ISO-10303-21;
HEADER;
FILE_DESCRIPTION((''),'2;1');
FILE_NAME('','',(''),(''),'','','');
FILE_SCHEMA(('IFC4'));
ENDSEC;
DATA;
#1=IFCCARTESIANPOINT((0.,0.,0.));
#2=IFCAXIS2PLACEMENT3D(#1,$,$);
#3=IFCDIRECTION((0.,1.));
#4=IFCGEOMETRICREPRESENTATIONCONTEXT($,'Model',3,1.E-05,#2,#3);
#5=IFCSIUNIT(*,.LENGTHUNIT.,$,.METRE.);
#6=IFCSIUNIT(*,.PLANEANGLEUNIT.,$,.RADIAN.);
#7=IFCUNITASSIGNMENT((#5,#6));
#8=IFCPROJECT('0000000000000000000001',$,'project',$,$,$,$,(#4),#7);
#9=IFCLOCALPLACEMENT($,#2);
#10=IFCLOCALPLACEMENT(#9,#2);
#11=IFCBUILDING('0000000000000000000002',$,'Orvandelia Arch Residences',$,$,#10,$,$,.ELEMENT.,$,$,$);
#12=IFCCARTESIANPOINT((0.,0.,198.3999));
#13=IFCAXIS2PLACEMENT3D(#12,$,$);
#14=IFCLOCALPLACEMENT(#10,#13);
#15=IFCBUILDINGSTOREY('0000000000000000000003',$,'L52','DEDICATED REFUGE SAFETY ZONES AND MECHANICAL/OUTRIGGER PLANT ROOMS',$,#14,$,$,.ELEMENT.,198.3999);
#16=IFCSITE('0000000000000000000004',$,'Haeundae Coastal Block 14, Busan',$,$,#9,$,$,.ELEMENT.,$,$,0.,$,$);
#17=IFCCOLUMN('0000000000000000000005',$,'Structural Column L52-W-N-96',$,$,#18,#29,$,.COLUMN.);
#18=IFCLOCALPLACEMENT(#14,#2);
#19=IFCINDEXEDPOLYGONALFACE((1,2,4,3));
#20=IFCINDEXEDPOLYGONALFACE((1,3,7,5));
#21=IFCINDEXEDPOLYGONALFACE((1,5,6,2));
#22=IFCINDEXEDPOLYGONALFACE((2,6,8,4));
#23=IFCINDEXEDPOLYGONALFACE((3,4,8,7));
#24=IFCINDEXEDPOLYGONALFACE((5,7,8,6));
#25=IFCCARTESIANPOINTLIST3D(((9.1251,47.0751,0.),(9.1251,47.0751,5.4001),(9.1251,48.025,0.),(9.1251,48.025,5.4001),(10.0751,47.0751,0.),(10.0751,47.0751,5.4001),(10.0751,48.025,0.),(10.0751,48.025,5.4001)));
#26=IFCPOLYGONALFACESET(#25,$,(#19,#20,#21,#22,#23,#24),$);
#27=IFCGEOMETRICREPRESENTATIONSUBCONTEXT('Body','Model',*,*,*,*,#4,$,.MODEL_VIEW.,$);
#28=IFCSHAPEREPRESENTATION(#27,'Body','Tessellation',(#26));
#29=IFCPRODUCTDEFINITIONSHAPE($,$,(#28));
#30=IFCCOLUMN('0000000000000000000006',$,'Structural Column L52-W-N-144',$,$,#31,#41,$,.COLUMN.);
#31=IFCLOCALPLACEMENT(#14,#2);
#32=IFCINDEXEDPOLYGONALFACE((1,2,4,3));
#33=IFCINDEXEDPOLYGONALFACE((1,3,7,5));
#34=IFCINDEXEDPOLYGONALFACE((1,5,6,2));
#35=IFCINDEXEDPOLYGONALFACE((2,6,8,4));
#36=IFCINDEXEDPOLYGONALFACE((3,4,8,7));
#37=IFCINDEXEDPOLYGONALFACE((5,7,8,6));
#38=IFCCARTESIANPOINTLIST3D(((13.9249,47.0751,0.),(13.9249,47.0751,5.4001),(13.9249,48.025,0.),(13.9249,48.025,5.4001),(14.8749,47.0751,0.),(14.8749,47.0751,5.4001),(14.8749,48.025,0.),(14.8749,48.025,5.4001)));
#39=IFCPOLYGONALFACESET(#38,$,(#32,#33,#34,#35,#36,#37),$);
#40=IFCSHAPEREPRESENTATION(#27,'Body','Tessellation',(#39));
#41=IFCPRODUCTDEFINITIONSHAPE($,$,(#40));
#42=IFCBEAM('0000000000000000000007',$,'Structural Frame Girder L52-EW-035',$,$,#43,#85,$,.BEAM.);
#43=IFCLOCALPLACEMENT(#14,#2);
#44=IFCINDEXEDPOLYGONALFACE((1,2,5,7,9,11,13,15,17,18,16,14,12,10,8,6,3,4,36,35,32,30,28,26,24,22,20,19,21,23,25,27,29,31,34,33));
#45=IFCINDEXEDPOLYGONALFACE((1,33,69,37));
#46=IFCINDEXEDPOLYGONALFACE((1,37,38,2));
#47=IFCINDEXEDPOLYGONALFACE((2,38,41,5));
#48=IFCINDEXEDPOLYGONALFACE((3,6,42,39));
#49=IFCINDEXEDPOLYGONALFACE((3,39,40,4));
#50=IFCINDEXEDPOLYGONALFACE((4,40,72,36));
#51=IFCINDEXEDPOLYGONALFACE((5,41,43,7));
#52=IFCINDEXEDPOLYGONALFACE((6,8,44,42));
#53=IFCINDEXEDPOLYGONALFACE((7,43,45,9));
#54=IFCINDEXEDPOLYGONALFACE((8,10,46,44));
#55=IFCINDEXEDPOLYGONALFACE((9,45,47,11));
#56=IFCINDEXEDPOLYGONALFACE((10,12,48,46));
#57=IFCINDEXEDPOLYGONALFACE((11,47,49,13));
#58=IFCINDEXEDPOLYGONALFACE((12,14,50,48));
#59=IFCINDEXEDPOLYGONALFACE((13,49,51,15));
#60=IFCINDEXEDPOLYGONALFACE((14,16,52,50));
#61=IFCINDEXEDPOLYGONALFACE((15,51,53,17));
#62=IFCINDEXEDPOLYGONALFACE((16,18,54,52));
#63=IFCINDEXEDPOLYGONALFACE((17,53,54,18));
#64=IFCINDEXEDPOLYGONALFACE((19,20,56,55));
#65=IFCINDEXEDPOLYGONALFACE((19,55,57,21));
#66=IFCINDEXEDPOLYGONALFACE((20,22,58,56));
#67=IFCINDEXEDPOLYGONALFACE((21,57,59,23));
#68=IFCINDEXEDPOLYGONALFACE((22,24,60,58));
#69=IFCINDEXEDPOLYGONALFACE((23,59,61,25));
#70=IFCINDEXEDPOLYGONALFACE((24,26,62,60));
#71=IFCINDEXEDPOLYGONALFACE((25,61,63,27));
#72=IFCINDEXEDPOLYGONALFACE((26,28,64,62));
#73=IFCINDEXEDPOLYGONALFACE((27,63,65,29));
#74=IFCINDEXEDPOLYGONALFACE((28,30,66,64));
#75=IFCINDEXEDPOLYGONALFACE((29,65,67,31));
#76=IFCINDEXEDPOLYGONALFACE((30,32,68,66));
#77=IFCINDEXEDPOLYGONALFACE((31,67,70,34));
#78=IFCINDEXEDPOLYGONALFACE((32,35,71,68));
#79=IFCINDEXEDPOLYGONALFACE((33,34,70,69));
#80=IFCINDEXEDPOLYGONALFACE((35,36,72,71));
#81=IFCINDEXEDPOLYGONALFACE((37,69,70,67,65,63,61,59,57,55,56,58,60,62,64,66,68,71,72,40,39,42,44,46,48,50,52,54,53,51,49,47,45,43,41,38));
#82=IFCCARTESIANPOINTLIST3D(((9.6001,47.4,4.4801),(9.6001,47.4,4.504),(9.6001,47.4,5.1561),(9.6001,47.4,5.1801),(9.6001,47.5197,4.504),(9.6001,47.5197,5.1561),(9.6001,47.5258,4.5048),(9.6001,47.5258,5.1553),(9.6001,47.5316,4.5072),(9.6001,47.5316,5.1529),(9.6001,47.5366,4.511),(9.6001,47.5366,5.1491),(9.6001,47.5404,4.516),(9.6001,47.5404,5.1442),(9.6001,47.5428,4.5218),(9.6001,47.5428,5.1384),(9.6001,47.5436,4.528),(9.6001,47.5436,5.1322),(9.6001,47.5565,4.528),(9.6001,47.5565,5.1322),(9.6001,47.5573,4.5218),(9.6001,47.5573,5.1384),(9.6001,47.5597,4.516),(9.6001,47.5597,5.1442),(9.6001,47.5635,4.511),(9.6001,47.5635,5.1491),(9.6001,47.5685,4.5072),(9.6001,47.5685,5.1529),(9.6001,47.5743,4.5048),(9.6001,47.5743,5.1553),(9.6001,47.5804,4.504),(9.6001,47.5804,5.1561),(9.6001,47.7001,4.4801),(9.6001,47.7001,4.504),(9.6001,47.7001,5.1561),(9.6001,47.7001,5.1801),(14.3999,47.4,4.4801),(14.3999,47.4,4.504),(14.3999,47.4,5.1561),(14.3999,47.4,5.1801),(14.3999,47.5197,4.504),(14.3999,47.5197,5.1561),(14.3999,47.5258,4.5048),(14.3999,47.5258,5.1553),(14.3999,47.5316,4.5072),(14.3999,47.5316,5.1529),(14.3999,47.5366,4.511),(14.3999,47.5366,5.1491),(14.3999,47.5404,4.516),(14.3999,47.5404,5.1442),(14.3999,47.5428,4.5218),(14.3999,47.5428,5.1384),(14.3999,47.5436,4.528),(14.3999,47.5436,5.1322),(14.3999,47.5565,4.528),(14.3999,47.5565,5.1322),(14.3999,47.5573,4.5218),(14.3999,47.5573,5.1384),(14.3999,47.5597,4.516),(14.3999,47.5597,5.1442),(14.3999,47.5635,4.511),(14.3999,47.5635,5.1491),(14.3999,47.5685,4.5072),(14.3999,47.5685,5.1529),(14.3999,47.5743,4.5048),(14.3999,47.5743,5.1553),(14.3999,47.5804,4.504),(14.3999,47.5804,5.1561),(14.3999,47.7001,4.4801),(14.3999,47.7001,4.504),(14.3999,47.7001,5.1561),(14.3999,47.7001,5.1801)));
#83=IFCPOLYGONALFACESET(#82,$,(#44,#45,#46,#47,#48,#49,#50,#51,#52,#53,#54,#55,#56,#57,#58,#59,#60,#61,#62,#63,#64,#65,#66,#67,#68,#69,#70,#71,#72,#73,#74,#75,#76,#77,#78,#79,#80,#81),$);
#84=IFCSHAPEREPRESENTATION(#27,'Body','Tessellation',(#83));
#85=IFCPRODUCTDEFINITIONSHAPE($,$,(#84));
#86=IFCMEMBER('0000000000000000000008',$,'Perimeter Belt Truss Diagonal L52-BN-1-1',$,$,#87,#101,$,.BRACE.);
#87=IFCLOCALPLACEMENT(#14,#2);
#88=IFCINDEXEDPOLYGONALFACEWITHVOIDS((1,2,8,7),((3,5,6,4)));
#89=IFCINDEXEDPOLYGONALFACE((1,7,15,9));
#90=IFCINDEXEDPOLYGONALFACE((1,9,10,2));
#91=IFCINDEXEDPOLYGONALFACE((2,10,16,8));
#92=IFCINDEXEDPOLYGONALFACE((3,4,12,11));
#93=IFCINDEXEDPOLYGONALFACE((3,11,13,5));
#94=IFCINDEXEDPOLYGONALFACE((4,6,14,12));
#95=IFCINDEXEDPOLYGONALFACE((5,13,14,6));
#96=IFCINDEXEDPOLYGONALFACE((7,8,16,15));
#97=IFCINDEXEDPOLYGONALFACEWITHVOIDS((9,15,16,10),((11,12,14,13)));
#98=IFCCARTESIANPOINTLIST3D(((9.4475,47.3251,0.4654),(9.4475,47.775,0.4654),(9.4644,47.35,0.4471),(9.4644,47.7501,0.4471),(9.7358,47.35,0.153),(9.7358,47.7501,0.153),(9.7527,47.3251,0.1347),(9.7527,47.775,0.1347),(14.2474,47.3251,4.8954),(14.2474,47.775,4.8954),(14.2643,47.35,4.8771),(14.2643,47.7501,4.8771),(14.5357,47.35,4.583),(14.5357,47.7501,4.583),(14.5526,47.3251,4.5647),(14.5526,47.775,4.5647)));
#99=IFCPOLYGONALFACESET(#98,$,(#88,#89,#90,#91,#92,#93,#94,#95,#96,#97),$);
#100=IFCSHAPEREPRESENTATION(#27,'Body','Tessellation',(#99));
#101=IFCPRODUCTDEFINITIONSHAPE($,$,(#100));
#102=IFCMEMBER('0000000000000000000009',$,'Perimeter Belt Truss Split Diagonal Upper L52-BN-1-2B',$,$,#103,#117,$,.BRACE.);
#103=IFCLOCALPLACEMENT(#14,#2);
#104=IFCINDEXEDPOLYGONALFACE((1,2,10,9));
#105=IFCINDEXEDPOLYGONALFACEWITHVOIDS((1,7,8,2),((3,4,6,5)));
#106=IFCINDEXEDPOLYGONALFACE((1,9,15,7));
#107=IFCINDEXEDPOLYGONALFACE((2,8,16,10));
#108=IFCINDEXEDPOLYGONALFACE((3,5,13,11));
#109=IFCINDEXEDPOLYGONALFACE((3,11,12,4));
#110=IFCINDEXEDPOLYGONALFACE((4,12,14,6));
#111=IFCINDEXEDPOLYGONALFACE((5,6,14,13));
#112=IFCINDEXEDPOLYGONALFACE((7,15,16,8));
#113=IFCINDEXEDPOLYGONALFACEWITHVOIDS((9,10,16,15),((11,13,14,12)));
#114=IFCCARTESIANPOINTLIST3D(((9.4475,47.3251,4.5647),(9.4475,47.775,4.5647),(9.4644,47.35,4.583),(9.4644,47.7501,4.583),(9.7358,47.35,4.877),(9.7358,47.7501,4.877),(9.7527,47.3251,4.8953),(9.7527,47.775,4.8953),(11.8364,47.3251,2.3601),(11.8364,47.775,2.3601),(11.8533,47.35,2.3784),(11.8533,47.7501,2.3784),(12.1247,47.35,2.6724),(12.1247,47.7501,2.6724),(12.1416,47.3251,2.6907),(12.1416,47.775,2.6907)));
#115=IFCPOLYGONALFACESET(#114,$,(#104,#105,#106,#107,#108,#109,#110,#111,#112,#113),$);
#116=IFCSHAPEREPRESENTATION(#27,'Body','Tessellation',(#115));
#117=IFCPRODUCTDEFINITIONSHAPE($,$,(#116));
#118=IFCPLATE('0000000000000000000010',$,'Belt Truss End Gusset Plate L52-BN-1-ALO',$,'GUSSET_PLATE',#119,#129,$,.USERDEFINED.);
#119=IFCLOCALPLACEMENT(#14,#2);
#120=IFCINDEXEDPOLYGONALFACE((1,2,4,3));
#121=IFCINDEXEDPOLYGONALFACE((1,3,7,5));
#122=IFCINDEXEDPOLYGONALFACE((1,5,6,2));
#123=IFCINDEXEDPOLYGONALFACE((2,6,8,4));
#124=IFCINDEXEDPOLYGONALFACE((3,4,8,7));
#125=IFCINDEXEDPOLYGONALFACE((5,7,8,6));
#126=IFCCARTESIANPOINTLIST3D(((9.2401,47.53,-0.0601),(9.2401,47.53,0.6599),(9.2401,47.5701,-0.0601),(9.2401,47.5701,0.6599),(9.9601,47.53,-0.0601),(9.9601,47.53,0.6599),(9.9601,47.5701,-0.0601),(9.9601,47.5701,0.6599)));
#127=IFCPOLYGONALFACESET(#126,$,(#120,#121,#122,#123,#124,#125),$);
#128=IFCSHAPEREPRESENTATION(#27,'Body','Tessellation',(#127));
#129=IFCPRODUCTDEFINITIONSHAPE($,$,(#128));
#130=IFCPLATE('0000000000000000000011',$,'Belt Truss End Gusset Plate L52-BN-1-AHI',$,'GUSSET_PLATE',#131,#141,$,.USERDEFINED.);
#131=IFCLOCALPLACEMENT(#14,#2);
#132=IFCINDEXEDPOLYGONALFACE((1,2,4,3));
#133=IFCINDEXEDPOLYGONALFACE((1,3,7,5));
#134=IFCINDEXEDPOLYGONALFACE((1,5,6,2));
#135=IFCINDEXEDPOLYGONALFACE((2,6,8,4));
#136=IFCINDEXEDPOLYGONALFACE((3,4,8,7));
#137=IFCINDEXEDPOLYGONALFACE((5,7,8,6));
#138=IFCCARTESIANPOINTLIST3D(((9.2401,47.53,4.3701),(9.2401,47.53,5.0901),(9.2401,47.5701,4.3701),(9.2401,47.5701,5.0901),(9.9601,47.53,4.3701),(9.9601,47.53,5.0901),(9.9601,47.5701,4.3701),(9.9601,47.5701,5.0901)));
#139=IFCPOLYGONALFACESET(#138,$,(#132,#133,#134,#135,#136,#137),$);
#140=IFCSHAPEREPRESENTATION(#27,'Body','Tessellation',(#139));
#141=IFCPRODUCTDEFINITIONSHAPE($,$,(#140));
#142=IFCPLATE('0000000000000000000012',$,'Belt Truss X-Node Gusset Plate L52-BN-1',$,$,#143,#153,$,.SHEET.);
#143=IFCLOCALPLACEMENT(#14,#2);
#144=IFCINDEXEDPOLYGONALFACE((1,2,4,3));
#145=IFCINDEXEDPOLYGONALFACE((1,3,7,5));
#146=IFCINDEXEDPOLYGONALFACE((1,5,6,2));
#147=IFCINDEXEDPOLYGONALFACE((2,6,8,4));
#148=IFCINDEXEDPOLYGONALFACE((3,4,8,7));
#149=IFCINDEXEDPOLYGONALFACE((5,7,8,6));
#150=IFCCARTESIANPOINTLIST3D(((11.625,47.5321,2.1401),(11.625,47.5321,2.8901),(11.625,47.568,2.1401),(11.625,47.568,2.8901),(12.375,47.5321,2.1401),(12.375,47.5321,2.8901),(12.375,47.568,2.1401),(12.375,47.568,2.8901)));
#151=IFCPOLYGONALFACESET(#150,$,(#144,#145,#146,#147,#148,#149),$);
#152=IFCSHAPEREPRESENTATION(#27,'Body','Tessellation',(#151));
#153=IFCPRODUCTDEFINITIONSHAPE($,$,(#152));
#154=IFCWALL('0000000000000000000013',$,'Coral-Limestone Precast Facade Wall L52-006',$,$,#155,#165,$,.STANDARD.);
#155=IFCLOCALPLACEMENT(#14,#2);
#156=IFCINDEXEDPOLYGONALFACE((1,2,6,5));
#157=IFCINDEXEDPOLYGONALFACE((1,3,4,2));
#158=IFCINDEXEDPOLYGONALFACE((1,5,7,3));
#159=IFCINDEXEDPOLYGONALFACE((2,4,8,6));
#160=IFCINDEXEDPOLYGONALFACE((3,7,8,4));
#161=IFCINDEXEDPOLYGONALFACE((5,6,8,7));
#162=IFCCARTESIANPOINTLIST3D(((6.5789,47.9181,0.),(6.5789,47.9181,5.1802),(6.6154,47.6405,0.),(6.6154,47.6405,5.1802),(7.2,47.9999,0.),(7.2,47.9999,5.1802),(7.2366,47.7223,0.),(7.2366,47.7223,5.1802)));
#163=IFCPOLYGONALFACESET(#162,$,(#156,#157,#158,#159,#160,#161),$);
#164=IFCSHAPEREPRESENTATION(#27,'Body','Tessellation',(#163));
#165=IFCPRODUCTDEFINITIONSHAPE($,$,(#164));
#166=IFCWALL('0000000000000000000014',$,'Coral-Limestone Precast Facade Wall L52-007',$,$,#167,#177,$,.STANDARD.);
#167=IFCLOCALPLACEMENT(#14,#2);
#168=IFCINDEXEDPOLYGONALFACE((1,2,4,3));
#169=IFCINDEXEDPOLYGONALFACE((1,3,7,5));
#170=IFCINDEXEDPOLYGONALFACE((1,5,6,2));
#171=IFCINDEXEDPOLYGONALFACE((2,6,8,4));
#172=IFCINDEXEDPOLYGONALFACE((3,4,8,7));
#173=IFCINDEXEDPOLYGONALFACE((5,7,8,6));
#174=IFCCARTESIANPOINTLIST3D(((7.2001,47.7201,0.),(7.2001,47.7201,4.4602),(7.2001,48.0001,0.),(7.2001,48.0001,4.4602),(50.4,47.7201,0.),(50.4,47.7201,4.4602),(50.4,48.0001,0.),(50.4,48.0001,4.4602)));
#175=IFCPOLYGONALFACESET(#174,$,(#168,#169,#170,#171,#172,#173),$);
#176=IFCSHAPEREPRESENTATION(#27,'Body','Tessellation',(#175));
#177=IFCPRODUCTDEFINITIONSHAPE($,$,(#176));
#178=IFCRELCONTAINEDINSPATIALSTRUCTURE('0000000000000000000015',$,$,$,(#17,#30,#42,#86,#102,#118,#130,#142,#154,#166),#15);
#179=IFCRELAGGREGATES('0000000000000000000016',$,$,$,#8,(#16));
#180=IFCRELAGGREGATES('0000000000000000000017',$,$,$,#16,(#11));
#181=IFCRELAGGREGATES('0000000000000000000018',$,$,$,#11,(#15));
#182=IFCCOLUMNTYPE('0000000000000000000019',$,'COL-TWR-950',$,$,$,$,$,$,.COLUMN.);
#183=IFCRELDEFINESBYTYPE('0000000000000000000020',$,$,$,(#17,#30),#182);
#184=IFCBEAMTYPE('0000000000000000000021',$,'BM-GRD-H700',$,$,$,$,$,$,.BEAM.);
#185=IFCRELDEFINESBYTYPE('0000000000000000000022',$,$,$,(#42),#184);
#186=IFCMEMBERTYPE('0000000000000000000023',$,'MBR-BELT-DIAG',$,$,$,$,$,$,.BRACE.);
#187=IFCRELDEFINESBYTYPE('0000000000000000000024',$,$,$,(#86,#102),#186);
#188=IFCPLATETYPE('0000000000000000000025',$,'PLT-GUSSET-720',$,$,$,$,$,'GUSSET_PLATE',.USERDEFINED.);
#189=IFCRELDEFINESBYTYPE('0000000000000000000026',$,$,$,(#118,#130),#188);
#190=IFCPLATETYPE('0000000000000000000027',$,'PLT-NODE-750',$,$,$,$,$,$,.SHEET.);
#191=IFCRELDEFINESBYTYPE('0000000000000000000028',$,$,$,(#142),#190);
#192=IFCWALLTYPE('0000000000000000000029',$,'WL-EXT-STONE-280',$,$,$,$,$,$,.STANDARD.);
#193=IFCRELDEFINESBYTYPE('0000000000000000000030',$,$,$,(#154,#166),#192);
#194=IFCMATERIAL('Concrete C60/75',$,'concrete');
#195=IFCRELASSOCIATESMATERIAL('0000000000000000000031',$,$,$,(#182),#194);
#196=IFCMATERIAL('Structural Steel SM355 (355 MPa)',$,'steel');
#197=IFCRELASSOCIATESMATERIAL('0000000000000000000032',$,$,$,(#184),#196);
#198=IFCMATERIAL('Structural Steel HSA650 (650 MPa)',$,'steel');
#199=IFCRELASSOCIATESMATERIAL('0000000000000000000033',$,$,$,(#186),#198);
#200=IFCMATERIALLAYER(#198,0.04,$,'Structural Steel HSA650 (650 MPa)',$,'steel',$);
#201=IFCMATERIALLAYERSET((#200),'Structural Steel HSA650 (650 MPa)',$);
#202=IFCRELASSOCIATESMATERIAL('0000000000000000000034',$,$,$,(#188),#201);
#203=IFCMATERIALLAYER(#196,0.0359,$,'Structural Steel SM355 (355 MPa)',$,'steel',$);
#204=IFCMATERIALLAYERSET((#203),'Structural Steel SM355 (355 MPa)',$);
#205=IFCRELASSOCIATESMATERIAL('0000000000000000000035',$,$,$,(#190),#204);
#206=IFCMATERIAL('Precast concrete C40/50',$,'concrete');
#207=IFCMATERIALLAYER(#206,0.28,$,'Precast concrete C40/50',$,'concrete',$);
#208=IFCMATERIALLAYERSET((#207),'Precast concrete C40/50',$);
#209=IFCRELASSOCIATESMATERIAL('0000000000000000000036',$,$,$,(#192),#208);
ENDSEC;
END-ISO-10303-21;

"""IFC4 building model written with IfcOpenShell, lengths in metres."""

from ifc_helpers import new_model, si_unit, direction, frame, frame_2d, origin, origin_2d, place, context, subcontext, project, spatial, rectangle, hollow_rectangle, i_section, extrude, material, layer, layer_set, material_profile, profile_set, type_object, element, save


model = new_model("IFC4")

# Units and contexts
model_context = context("Model", 3, precision=1e-05, world=origin(), true_north=direction((0.0, 1.0)))
body_context = subcontext(model_context, "Body", "Model", "MODEL_VIEW")
ifc_project = project(units=[si_unit("LENGTHUNIT", "METRE"), si_unit("PLANEANGLEUNIT", "RADIAN")], contexts=[model_context])

# Site, building, storey
site_placement = place(None, origin())
site = spatial("IfcSite", under=ifc_project, at=site_placement, Name="Haeundae Coastal Block 14, Busan", CompositionType="ELEMENT", RefElevation=0.0)
building_placement = place(site_placement, origin())
building = spatial("IfcBuilding", under=site, at=building_placement, Name="Orvandelia Arch Residences", CompositionType="ELEMENT")
storey_placement = place(building_placement, frame((0.0, 0.0, 198.3999)))
storey = spatial("IfcBuildingStorey", under=building, at=storey_placement, Name="L52", Description="DEDICATED REFUGE SAFETY ZONES AND MECHANICAL/OUTRIGGER PLANT ROOMS", CompositionType="ELEMENT", Elevation=198.3999)

# Columns
ifc_material_1 = material(Name="Concrete C60/75", Category="concrete")
ifc_material_profile_1 = material_profile(ifc_material_1, rectangle(XDim=0.95, YDim=0.95, at=origin_2d()), Name="Concrete C60/75", Category="concrete")
ifc_profile_set_1 = profile_set([ifc_material_profile_1], Name="Concrete C60/75")
column_type = type_object("IfcColumnType", Name="COL-TWR-950", PredefinedType="COLUMN", material=ifc_profile_set_1)
for number, where, z_axis, x_axis, name in (
    (1, (9.6001, 47.55, 0.0), (0.0, 0.0, 1.0), (1.0, 0.0, 0.0), "Structural Column L52-W-N-96"),
    (2, (14.3999, 47.55, 0.0), (0.0, 0.0, 1.0), (1.0, 0.0, 0.0), "Structural Column L52-W-N-144"),
):
    element("IfcColumn", number, at=place(storey_placement, frame(where, z_axis=z_axis, x_axis=x_axis)), inside=storey, type_object=column_type, Name=name, PredefinedType="COLUMN", context=body_context, shape_type="SweptSolid", body=[
        extrude(rectangle(XDim=0.95, YDim=0.95, at=origin_2d()), origin(), (0.0, 0.0, 1.0), 5.4001),
    ])

# Beam
ifc_material_2 = material(Name="Structural Steel SM355 (355 MPa)", Category="steel")
ifc_material_profile_2 = material_profile(ifc_material_2, i_section(OverallWidth=0.3, OverallDepth=0.7, WebThickness=0.0129, FlangeThickness=0.0239, FilletRadius=0.0239, at=origin_2d()), Name="Structural Steel SM355 (355 MPa)", Category="steel")
ifc_profile_set_2 = profile_set([ifc_material_profile_2], Name="Structural Steel SM355 (355 MPa)")
beam_type = type_object("IfcBeamType", Name="BM-GRD-H700", PredefinedType="BEAM", material=ifc_profile_set_2)
beam_placement = place(storey_placement, frame((9.6001, 47.55, 4.8301), z_axis=(1.0, 0.0, 0.0), x_axis=(0.0, 1.0, 0.0)))
element("IfcBeam", 3, at=beam_placement, inside=storey, type_object=beam_type, Name="Structural Frame Girder L52-EW-035", PredefinedType="BEAM", context=body_context, shape_type="SweptSolid", body=[
    extrude(i_section(OverallWidth=0.3, OverallDepth=0.7, WebThickness=0.0129, FlangeThickness=0.0239, FilletRadius=0.0239, at=origin_2d()), origin(), (0.0, 0.0, 1.0), 4.7998),
])

# Members
ifc_material_3 = material(Name="Structural Steel HSA650 (650 MPa)", Category="steel")
ifc_material_profile_3 = material_profile(ifc_material_3, hollow_rectangle(XDim=0.45, YDim=0.45, WallThickness=0.0249, at=origin_2d()), Name="Structural Steel HSA650 (650 MPa)", Category="steel")
ifc_profile_set_3 = profile_set([ifc_material_profile_3], Name="Structural Steel HSA650 (650 MPa)")
member_type = type_object("IfcMemberType", Name="MBR-BELT-DIAG", PredefinedType="BRACE", material=ifc_profile_set_3)
member_1_placement = place(storey_placement, frame((9.6001, 47.55, 0.3), z_axis=(0.734854, 0.0, 0.678226), x_axis=(0.0, 1.0, 0.0)))
element("IfcMember", 4, at=member_1_placement, inside=storey, type_object=member_type, Name="Perimeter Belt Truss Diagonal L52-BN-1-1", PredefinedType="BRACE", context=body_context, shape_type="SweptSolid", body=[
    extrude(hollow_rectangle(XDim=0.45, YDim=0.45, WallThickness=0.0249, at=origin_2d()), origin(), (0.0, 0.0, 1.0), 6.5317),
])
member_2_placement = place(storey_placement, frame((11.989, 47.55, 2.5254), z_axis=(-0.73489, 0.0, 0.678187), x_axis=(0.0, -1.0, 0.0)))
element("IfcMember", 5, at=member_2_placement, inside=storey, type_object=member_type, Name="Perimeter Belt Truss Split Diagonal Upper L52-BN-1-2B", PredefinedType="BRACE", context=body_context, shape_type="SweptSolid", body=[
    extrude(hollow_rectangle(XDim=0.45, YDim=0.45, WallThickness=0.0249, at=origin_2d()), origin(), (0.0, 0.0, 1.0), 3.2507),
])

# Plates
ifc_layer_1 = layer(ifc_material_3, 0.04, Name="Structural Steel HSA650 (650 MPa)", Category="steel")
ifc_layer_set_1 = layer_set([ifc_layer_1], Name="Structural Steel HSA650 (650 MPa)")
plate_type_1 = type_object("IfcPlateType", Name="PLT-GUSSET-720", ElementType="GUSSET_PLATE", PredefinedType="USERDEFINED", material=ifc_layer_set_1)
for number, where, z_axis, x_axis, name in (
    (6, (9.6001, 47.55, -0.0601), (0.0, 0.0, 1.0), (1.0, 0.0, 0.0), "Belt Truss End Gusset Plate L52-BN-1-ALO"),
    (7, (9.6001, 47.55, 4.3701), (0.0, 0.0, 1.0), (1.0, 0.0, 0.0), "Belt Truss End Gusset Plate L52-BN-1-AHI"),
):
    element("IfcPlate", number, at=place(storey_placement, frame(where, z_axis=z_axis, x_axis=x_axis)), inside=storey, type_object=plate_type_1, Name=name, ObjectType="GUSSET_PLATE", PredefinedType="USERDEFINED", context=body_context, shape_type="SweptSolid", body=[
        extrude(rectangle(XDim=0.72, YDim=0.04, at=origin_2d()), origin(), (0.0, 0.0, 1.0), 0.72),
    ])
ifc_layer_2 = layer(ifc_material_2, 0.0359, Name="Structural Steel SM355 (355 MPa)", Category="steel")
ifc_layer_set_2 = layer_set([ifc_layer_2], Name="Structural Steel SM355 (355 MPa)")
plate_type_2 = type_object("IfcPlateType", Name="PLT-NODE-750", PredefinedType="SHEET", material=ifc_layer_set_2)
plate_placement = place(storey_placement, frame((12.0, 47.55, 2.1401), z_axis=(0.0, 0.0, 1.0), x_axis=(1.0, 0.0, 0.0)))
element("IfcPlate", 8, at=plate_placement, inside=storey, type_object=plate_type_2, Name="Belt Truss X-Node Gusset Plate L52-BN-1", PredefinedType="SHEET", context=body_context, shape_type="SweptSolid", body=[
    extrude(rectangle(XDim=0.75, YDim=0.0359, at=origin_2d()), origin(), (0.0, 0.0, 1.0), 0.75),
])

# Walls
ifc_material_4 = material(Name="Precast concrete C40/50", Category="concrete")
ifc_layer_3 = layer(ifc_material_4, 0.28, Name="Precast concrete C40/50", Category="concrete")
ifc_layer_set_3 = layer_set([ifc_layer_3], Name="Precast concrete C40/50")
wall_type_1 = type_object("IfcWallType", Name="WL-EXT-STONE-280", PredefinedType="STANDARD", material=ifc_layer_set_3)
wall_1_placement = place(storey_placement, frame((6.5972, 47.7793, 0.0), z_axis=(0.0, 0.0, 1.0), x_axis=(0.991441, 0.130555, 0.0)))
element("IfcWall", 9, at=wall_1_placement, inside=storey, type_object=wall_type_1, Name="Coral-Limestone Precast Facade Wall L52-006", PredefinedType="STANDARD", context=body_context, shape_type="SweptSolid", body=[
    extrude(rectangle(XDim=0.6265, YDim=0.28, at=frame_2d((0.3132, 0.0))), origin(), (0.0, 0.0, 1.0), 5.1802),
])
wall_2_placement = place(storey_placement, frame((7.2, 47.8601, 0.0), z_axis=(0.0, 0.0, 1.0), x_axis=(1.0, 0.0, 0.0)))
element("IfcWall", 10, at=wall_2_placement, inside=storey, type_object=wall_type_1, Name="Coral-Limestone Precast Facade Wall L52-007", PredefinedType="STANDARD", context=body_context, shape_type="SweptSolid", body=[
    extrude(rectangle(XDim=43.2, YDim=0.28, at=frame_2d((21.6001, 0.0))), origin(), (0.0, 0.0, 1.0), 4.4602),
])

save(model, "model.ifc")
